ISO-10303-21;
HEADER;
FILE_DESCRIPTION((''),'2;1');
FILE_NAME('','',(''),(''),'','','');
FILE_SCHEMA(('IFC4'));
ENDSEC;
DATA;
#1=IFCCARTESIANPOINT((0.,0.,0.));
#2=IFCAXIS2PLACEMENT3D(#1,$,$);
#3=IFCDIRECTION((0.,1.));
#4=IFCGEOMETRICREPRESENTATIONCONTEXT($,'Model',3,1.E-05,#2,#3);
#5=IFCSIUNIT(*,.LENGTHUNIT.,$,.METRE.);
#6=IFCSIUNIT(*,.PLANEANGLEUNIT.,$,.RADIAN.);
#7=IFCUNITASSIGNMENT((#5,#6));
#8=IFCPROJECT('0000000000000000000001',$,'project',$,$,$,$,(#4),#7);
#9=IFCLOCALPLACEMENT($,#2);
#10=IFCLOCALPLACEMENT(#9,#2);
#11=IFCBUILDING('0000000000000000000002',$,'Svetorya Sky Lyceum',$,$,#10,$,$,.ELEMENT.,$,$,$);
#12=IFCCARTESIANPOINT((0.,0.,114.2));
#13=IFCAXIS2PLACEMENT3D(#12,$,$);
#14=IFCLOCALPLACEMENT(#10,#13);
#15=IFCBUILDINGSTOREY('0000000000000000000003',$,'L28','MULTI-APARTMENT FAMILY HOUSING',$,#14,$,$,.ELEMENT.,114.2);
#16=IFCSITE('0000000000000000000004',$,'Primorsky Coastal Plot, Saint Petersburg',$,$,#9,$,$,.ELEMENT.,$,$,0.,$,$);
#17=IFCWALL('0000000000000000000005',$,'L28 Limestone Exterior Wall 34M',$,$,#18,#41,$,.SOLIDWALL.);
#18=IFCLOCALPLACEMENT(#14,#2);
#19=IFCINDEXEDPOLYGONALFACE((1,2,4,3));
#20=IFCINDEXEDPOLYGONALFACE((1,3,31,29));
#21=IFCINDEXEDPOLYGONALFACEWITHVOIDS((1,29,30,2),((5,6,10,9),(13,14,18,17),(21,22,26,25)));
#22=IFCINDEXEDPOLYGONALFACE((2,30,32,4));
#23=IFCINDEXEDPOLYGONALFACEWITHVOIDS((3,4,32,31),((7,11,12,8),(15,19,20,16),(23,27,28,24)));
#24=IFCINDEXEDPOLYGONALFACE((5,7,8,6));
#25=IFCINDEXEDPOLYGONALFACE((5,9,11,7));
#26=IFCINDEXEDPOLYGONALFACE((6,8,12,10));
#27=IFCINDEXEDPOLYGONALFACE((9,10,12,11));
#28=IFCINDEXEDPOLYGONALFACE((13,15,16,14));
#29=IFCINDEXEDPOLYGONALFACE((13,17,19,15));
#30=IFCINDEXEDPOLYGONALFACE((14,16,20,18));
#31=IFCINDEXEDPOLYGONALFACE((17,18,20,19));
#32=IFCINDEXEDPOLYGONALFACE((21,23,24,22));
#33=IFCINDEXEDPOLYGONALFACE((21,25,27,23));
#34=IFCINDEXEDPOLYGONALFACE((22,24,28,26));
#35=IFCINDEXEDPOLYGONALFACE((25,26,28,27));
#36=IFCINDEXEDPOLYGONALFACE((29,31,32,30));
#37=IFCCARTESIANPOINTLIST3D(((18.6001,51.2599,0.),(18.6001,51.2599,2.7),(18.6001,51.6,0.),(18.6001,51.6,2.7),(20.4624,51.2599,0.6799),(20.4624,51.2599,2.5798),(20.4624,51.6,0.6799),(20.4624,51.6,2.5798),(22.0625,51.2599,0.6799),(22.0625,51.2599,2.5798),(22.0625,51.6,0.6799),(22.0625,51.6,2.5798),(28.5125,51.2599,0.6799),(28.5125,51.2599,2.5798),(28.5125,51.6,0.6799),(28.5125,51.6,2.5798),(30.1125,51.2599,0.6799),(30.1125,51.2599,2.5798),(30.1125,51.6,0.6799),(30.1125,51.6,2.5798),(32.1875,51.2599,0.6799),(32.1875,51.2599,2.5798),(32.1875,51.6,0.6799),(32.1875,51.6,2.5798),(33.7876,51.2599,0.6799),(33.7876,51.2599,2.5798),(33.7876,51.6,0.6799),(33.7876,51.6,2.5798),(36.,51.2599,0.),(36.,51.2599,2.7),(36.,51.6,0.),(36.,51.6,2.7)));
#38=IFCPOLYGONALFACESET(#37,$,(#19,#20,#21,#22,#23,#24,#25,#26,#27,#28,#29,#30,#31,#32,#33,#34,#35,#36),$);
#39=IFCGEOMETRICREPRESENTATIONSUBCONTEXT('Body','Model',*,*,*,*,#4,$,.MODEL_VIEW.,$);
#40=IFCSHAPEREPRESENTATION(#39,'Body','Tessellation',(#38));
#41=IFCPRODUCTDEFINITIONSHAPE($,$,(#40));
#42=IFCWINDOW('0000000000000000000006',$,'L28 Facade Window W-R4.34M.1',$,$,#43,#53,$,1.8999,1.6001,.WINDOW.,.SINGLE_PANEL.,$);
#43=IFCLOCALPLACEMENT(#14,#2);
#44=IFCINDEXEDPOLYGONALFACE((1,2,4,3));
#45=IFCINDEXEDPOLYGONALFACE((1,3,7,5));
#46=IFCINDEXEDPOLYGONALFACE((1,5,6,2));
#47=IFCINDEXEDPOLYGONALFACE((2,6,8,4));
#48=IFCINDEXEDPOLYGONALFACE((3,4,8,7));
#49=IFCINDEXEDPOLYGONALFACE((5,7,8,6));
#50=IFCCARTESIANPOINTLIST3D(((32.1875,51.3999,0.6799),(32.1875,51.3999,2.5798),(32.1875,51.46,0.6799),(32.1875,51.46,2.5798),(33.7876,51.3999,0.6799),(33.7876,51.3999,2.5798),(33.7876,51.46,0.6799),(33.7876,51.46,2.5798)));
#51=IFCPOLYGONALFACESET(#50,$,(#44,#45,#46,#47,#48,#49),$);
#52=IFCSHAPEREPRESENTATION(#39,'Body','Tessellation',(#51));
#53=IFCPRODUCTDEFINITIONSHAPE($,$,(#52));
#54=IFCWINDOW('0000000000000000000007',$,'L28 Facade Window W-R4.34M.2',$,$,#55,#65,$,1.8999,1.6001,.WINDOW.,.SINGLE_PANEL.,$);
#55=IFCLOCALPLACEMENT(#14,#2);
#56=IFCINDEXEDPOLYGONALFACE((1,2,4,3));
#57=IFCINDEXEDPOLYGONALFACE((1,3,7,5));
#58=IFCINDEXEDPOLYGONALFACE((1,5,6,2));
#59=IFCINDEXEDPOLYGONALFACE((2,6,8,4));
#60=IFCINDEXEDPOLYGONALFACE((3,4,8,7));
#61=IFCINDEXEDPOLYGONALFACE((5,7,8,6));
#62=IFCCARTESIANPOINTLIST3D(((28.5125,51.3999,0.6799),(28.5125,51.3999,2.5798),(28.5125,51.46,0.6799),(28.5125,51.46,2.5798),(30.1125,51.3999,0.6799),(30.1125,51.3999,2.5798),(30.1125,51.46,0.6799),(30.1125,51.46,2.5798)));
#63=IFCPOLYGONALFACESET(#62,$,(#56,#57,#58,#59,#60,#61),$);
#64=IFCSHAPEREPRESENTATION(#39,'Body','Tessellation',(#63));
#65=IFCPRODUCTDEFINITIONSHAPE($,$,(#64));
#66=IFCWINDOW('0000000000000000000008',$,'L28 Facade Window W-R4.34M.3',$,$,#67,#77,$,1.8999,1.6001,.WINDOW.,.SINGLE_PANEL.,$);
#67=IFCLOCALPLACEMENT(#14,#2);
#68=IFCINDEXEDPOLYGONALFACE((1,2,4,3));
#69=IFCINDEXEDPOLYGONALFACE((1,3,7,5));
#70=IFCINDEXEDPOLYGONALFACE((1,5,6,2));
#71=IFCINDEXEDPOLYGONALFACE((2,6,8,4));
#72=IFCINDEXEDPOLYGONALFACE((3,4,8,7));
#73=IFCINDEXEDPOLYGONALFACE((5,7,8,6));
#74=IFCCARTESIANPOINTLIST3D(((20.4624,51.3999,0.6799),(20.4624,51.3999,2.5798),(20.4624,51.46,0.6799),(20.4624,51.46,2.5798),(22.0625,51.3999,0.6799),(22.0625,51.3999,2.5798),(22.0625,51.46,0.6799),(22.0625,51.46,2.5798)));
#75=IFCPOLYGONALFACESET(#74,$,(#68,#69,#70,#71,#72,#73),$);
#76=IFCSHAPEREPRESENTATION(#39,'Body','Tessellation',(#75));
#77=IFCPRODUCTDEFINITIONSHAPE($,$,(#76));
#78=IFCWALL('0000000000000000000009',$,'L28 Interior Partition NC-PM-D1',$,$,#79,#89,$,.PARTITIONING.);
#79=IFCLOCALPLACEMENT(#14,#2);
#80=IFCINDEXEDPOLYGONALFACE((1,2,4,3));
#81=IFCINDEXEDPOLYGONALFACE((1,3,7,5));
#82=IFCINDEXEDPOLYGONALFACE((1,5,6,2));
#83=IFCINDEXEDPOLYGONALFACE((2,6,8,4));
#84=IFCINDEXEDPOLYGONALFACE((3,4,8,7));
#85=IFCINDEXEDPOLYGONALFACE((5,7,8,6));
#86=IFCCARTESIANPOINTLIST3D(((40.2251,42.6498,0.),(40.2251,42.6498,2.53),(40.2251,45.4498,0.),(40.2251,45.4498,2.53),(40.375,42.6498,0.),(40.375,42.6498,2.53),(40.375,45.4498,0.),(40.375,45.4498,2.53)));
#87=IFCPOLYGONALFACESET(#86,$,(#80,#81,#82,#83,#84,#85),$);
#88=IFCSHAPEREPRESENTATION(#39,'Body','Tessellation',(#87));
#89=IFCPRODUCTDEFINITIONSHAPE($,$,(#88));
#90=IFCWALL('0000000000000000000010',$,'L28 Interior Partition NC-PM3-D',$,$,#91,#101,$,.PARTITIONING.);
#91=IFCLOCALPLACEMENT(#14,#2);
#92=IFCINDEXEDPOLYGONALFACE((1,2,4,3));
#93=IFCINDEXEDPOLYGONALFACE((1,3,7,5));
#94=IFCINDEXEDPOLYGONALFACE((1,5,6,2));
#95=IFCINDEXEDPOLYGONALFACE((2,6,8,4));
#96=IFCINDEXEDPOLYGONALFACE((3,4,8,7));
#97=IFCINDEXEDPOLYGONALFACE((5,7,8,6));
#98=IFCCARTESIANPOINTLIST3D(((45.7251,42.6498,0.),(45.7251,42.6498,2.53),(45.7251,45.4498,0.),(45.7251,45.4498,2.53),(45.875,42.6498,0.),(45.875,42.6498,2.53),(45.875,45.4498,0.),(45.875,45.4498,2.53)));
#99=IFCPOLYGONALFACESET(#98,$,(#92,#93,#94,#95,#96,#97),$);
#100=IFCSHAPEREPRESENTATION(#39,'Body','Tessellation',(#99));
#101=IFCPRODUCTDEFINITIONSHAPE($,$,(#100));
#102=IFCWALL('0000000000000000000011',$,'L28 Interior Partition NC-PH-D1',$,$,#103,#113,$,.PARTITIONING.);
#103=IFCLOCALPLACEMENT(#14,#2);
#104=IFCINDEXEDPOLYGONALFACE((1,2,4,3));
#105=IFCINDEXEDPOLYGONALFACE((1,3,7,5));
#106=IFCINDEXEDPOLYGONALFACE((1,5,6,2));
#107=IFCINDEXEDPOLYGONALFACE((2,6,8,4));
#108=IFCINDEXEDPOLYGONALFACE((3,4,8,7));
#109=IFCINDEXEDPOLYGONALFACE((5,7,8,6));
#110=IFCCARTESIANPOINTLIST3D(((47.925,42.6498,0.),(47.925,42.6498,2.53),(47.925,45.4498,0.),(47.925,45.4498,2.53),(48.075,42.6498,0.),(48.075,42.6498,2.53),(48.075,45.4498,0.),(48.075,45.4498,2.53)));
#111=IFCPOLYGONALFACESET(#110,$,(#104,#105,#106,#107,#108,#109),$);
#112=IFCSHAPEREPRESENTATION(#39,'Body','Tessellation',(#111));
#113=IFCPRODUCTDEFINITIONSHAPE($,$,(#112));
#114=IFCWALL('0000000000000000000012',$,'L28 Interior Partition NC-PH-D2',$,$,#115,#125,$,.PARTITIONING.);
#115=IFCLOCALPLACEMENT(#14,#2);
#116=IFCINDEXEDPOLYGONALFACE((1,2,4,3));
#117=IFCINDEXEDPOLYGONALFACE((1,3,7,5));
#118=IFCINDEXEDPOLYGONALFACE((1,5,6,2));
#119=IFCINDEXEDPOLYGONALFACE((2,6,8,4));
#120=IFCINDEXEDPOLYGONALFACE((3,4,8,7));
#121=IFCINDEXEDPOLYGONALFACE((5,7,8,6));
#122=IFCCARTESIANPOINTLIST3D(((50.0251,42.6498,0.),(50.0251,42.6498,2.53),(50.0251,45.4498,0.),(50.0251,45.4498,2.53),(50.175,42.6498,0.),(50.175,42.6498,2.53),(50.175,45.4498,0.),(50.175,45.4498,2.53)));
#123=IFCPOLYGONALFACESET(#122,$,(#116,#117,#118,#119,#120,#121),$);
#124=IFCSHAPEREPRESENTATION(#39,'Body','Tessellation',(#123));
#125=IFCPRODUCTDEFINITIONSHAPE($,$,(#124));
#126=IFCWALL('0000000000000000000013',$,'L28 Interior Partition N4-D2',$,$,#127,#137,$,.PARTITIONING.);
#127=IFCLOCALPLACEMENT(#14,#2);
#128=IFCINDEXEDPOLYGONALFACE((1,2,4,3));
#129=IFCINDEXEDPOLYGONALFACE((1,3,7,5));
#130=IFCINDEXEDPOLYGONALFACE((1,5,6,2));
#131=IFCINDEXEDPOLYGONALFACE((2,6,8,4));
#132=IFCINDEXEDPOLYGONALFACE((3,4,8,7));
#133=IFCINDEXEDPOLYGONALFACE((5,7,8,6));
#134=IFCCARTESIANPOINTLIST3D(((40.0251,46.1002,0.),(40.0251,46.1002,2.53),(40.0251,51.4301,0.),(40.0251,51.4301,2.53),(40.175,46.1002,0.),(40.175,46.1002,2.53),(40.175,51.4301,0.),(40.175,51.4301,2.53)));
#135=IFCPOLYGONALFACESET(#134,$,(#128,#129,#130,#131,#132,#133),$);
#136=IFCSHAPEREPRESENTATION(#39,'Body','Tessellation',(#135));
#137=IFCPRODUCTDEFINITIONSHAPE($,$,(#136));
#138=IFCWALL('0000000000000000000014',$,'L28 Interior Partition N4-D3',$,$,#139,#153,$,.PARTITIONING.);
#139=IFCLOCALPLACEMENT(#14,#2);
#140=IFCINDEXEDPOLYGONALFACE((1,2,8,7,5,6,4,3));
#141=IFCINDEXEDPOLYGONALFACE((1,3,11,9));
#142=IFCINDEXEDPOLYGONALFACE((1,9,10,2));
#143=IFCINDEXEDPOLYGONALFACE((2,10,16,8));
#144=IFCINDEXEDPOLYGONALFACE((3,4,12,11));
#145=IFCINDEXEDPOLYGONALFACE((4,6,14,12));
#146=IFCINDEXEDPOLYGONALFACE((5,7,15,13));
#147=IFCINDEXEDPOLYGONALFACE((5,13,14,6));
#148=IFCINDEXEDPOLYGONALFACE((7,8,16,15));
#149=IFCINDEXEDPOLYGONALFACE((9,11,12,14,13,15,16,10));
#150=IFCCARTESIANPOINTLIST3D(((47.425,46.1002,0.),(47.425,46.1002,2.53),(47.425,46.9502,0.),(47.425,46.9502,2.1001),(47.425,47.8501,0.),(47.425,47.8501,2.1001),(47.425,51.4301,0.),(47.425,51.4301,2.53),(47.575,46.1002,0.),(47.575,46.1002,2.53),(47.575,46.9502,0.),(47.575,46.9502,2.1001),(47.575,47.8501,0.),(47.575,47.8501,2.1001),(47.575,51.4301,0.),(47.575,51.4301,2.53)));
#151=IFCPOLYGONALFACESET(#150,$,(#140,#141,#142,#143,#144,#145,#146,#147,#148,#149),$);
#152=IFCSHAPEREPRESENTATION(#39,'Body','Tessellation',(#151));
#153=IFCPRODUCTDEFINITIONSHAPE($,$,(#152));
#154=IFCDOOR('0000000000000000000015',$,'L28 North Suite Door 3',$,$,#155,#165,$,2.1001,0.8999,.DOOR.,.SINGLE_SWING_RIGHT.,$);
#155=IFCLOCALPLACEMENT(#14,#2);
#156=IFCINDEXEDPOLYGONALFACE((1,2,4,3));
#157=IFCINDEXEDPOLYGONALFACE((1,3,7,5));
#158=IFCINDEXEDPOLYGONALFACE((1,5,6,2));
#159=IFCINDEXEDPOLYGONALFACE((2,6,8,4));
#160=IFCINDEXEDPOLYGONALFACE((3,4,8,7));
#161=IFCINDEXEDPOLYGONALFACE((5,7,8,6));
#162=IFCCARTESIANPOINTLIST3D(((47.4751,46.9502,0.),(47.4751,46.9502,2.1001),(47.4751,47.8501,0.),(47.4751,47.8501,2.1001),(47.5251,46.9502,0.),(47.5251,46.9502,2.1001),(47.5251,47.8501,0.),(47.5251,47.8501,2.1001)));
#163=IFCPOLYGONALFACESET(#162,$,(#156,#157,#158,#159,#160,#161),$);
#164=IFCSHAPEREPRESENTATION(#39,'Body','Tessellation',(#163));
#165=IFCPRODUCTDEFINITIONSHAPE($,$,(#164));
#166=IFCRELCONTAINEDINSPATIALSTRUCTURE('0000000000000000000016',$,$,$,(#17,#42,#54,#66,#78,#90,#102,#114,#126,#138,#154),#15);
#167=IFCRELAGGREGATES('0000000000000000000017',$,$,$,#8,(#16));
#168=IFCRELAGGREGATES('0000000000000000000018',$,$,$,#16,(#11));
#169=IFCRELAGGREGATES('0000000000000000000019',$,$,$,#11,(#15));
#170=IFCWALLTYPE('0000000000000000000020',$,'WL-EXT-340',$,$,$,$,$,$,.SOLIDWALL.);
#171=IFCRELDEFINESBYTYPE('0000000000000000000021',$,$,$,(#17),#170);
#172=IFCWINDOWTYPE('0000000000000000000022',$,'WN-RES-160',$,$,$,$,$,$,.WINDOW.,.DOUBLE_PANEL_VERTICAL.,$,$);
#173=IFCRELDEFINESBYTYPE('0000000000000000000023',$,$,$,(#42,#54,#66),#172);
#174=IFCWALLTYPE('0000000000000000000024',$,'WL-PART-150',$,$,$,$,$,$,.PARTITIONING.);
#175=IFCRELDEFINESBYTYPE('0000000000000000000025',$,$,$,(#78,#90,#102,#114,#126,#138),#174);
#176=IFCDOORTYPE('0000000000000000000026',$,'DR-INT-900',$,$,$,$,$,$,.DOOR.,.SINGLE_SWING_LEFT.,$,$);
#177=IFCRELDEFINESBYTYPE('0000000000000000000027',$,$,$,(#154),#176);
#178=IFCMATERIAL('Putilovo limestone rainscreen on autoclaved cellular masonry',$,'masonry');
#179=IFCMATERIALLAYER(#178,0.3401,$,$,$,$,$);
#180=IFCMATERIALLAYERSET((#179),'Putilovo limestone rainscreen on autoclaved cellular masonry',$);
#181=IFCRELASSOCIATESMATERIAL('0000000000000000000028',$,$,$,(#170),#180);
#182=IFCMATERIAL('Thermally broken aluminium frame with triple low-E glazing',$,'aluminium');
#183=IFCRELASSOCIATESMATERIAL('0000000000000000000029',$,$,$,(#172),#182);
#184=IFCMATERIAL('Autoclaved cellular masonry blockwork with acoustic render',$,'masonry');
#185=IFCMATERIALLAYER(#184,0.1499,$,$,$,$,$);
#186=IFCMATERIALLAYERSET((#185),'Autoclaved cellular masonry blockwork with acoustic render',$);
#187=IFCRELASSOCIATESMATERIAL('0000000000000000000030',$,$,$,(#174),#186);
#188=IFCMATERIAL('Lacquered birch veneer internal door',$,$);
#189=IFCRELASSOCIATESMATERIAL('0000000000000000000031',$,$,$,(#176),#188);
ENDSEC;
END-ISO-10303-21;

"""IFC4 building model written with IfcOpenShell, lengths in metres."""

from ifc_helpers import new_model, si_unit, direction, frame, frame_2d, origin, place, context, subcontext, project, spatial, rectangle, extrude, material, layer, layer_set, type_object, element, fill, save


model = new_model("IFC4")

# Units and contexts
model_context = context("Model", 3, precision=1e-05, world=origin(), true_north=direction((0.0, 1.0)))
body_context = subcontext(model_context, "Body", "Model", "MODEL_VIEW")
ifc_project = project(units=[si_unit("LENGTHUNIT", "METRE"), si_unit("PLANEANGLEUNIT", "RADIAN")], contexts=[model_context])

# Site, building, storey
site_placement = place(None, origin())
site = spatial("IfcSite", under=ifc_project, at=site_placement, Name="Primorsky Coastal Plot, Saint Petersburg", CompositionType="ELEMENT", RefElevation=0.0)
building_placement = place(site_placement, origin())
building = spatial("IfcBuilding", under=site, at=building_placement, Name="Svetorya Sky Lyceum", CompositionType="ELEMENT")
storey_placement = place(building_placement, frame((0.0, 0.0, 114.2)))
storey = spatial("IfcBuildingStorey", under=building, at=storey_placement, Name="L28", Description="MULTI-APARTMENT FAMILY HOUSING", CompositionType="ELEMENT", Elevation=114.2)

# Shared definitions
ifc_material_1 = material(Name="Putilovo limestone rainscreen on autoclaved cellular masonry", Category="masonry")
ifc_layer_1 = layer(ifc_material_1, 0.3401)
ifc_layer_set_1 = layer_set([ifc_layer_1], Name="Putilovo limestone rainscreen on autoclaved cellular masonry")
wall_type_1 = type_object("IfcWallType", Name="WL-EXT-340", PredefinedType="SOLIDWALL", material=ifc_layer_set_1)

# Wall, openings, windows
wall_1_placement = place(storey_placement, frame((36.0, 51.4299, 0.0), z_axis=(0.0, 0.0, 1.0), x_axis=(-1.0, 0.0, 0.0)))
wall_1 = element("IfcWall", 1, at=wall_1_placement, inside=storey, type_object=wall_type_1, Name="L28 Limestone Exterior Wall 34M", PredefinedType="SOLIDWALL", context=body_context, shape_type="SweptSolid", body=[
    extrude(rectangle(XDim=17.3999, YDim=0.3401, at=frame_2d((8.7, 0.0))), origin(), (0.0, 0.0, 1.0), 2.7),
])
opening_1_placement = place(wall_1_placement, frame((2.2124, 0.0, 0.6799)))
opening_1 = element("IfcOpeningElement", 2, at=opening_1_placement, cuts=wall_1, PredefinedType="OPENING", context=body_context, shape_type="SweptSolid", body=[
    extrude(rectangle(XDim=1.6001, YDim=1.8999, at=frame_2d((0.8, 0.95))), frame((0.0, 0.1799, 0.0), z_axis=(0.0, -1.0, 0.0), x_axis=(1.0, 0.0, 0.0)), (0.0, 0.0, 1.0), 0.3601),
])
opening_2_placement = place(wall_1_placement, frame((5.8875, 0.0, 0.6799)))
opening_2 = element("IfcOpeningElement", 3, at=opening_2_placement, cuts=wall_1, PredefinedType="OPENING", context=body_context, shape_type="SweptSolid", body=[
    extrude(rectangle(XDim=1.6001, YDim=1.8999, at=frame_2d((0.8, 0.95))), frame((0.0, 0.1799, 0.0), z_axis=(0.0, -1.0, 0.0), x_axis=(1.0, 0.0, 0.0)), (0.0, 0.0, 1.0), 0.3601),
])
opening_3_placement = place(wall_1_placement, frame((13.9375, 0.0, 0.6799)))
opening_3 = element("IfcOpeningElement", 4, at=opening_3_placement, cuts=wall_1, PredefinedType="OPENING", context=body_context, shape_type="SweptSolid", body=[
    extrude(rectangle(XDim=1.6001, YDim=1.8999, at=frame_2d((0.8, 0.95))), frame((0.0, 0.1799, 0.0), z_axis=(0.0, -1.0, 0.0), x_axis=(1.0, 0.0, 0.0)), (0.0, 0.0, 1.0), 0.3601),
])
ifc_material_2 = material(Name="Thermally broken aluminium frame with triple low-E glazing", Category="aluminium")
window_type = type_object("IfcWindowType", Name="WN-RES-160", PartitioningType="DOUBLE_PANEL_VERTICAL", PredefinedType="WINDOW", material=ifc_material_2)
window_1_placement = place(opening_1_placement, origin())
window_1 = element("IfcWindow", 5, at=window_1_placement, inside=storey, type_object=window_type, Name="L28 Facade Window W-R4.34M.1", OverallHeight=1.8999, OverallWidth=1.6001, PartitioningType="SINGLE_PANEL", PredefinedType="WINDOW", context=body_context, shape_type="SweptSolid", body=[
    extrude(rectangle(XDim=1.6001, YDim=1.8999, at=frame_2d((0.8, 0.95))), frame((0.0, 0.03, 0.0), z_axis=(0.0, -1.0, 0.0), x_axis=(1.0, 0.0, 0.0)), (0.0, 0.0, 1.0), 0.0601),
])
fill(opening_1, window_1)
window_2_placement = place(opening_2_placement, origin())
window_2 = element("IfcWindow", 6, at=window_2_placement, inside=storey, type_object=window_type, Name="L28 Facade Window W-R4.34M.2", OverallHeight=1.8999, OverallWidth=1.6001, PartitioningType="SINGLE_PANEL", PredefinedType="WINDOW", context=body_context, shape_type="SweptSolid", body=[
    extrude(rectangle(XDim=1.6001, YDim=1.8999, at=frame_2d((0.8, 0.95))), frame((0.0, 0.03, 0.0), z_axis=(0.0, -1.0, 0.0), x_axis=(1.0, 0.0, 0.0)), (0.0, 0.0, 1.0), 0.0601),
])
fill(opening_2, window_2)
window_3_placement = place(opening_3_placement, origin())
window_3 = element("IfcWindow", 7, at=window_3_placement, inside=storey, type_object=window_type, Name="L28 Facade Window W-R4.34M.3", OverallHeight=1.8999, OverallWidth=1.6001, PartitioningType="SINGLE_PANEL", PredefinedType="WINDOW", context=body_context, shape_type="SweptSolid", body=[
    extrude(rectangle(XDim=1.6001, YDim=1.8999, at=frame_2d((0.8, 0.95))), frame((0.0, 0.03, 0.0), z_axis=(0.0, -1.0, 0.0), x_axis=(1.0, 0.0, 0.0)), (0.0, 0.0, 1.0), 0.0601),
])
fill(opening_3, window_3)

# Walls
ifc_material_3 = material(Name="Autoclaved cellular masonry blockwork with acoustic render", Category="masonry")
ifc_layer_2 = layer(ifc_material_3, 0.1499)
ifc_layer_set_2 = layer_set([ifc_layer_2], Name="Autoclaved cellular masonry blockwork with acoustic render")
wall_type_2 = type_object("IfcWallType", Name="WL-PART-150", PredefinedType="PARTITIONING", material=ifc_layer_set_2)
for number, where, z_axis, x_axis, name in (
    (8, (40.3, 42.6499, 0.0), (0.0, 0.0, 1.0), (0.0, 1.0, 0.0), "L28 Interior Partition NC-PM-D1"),
    (9, (45.8, 42.6499, 0.0), (0.0, 0.0, 1.0), (0.0, 1.0, 0.0), "L28 Interior Partition NC-PM3-D"),
    (10, (48.0, 42.6499, 0.0), (0.0, 0.0, 1.0), (0.0, 1.0, 0.0), "L28 Interior Partition NC-PH-D1"),
    (11, (50.1001, 42.6499, 0.0), (0.0, 0.0, 1.0), (0.0, 1.0, 0.0), "L28 Interior Partition NC-PH-D2"),
):
    element("IfcWall", number, at=place(storey_placement, frame(where, z_axis=z_axis, x_axis=x_axis)), inside=storey, type_object=wall_type_2, Name=name, PredefinedType="PARTITIONING", context=body_context, shape_type="SweptSolid", body=[
        extrude(rectangle(XDim=2.8, YDim=0.1499, at=frame_2d((1.3999, 0.0))), origin(), (0.0, 0.0, 1.0), 2.53),
    ])
wall_2_placement = place(storey_placement, frame((40.1001, 46.1001, 0.0), z_axis=(0.0, 0.0, 1.0), x_axis=(0.0, 1.0, 0.0)))
element("IfcWall", 12, at=wall_2_placement, inside=storey, type_object=wall_type_2, Name="L28 Interior Partition N4-D2", PredefinedType="PARTITIONING", context=body_context, shape_type="SweptSolid", body=[
    extrude(rectangle(XDim=5.3298, YDim=0.1499, at=frame_2d((2.665, 0.0))), origin(), (0.0, 0.0, 1.0), 2.53),
])

# Wall, opening, door
wall_3_placement = place(storey_placement, frame((47.5, 46.1001, 0.0), z_axis=(0.0, 0.0, 1.0), x_axis=(0.0, 1.0, 0.0)))
wall_3 = element("IfcWall", 13, at=wall_3_placement, inside=storey, type_object=wall_type_2, Name="L28 Interior Partition N4-D3", PredefinedType="PARTITIONING", context=body_context, shape_type="SweptSolid", body=[
    extrude(rectangle(XDim=5.3298, YDim=0.1499, at=frame_2d((2.665, 0.0))), origin(), (0.0, 0.0, 1.0), 2.53),
])
opening_4_placement = place(wall_3_placement, frame((0.8501, 0.0, 0.0)))
opening_4 = element("IfcOpeningElement", 14, at=opening_4_placement, cuts=wall_3, PredefinedType="OPENING", context=body_context, shape_type="SweptSolid", body=[
    extrude(rectangle(XDim=0.8999, YDim=2.1001, at=frame_2d((0.45, 1.05))), frame((0.0, 0.085, 0.0), z_axis=(0.0, -1.0, 0.0), x_axis=(1.0, 0.0, 0.0)), (0.0, 0.0, 1.0), 0.1699),
])
ifc_material_4 = material(Name="Lacquered birch veneer internal door")
door_type = type_object("IfcDoorType", Name="DR-INT-900", OperationType="SINGLE_SWING_LEFT", PredefinedType="DOOR", material=ifc_material_4)
door_placement = place(opening_4_placement, origin())
door = element("IfcDoor", 15, at=door_placement, inside=storey, type_object=door_type, Name="L28 North Suite Door 3", OperationType="SINGLE_SWING_RIGHT", OverallHeight=2.1001, OverallWidth=0.8999, PredefinedType="DOOR", context=body_context, shape_type="SweptSolid", body=[
    extrude(rectangle(XDim=0.8999, YDim=2.1001, at=frame_2d((0.45, 1.05))), frame((0.0, 0.0249, 0.0), z_axis=(0.0, -1.0, 0.0), x_axis=(1.0, 0.0, 0.0)), (0.0, 0.0, 1.0), 0.05),
])
fill(opening_4, door)

save(model, "model.ifc")
